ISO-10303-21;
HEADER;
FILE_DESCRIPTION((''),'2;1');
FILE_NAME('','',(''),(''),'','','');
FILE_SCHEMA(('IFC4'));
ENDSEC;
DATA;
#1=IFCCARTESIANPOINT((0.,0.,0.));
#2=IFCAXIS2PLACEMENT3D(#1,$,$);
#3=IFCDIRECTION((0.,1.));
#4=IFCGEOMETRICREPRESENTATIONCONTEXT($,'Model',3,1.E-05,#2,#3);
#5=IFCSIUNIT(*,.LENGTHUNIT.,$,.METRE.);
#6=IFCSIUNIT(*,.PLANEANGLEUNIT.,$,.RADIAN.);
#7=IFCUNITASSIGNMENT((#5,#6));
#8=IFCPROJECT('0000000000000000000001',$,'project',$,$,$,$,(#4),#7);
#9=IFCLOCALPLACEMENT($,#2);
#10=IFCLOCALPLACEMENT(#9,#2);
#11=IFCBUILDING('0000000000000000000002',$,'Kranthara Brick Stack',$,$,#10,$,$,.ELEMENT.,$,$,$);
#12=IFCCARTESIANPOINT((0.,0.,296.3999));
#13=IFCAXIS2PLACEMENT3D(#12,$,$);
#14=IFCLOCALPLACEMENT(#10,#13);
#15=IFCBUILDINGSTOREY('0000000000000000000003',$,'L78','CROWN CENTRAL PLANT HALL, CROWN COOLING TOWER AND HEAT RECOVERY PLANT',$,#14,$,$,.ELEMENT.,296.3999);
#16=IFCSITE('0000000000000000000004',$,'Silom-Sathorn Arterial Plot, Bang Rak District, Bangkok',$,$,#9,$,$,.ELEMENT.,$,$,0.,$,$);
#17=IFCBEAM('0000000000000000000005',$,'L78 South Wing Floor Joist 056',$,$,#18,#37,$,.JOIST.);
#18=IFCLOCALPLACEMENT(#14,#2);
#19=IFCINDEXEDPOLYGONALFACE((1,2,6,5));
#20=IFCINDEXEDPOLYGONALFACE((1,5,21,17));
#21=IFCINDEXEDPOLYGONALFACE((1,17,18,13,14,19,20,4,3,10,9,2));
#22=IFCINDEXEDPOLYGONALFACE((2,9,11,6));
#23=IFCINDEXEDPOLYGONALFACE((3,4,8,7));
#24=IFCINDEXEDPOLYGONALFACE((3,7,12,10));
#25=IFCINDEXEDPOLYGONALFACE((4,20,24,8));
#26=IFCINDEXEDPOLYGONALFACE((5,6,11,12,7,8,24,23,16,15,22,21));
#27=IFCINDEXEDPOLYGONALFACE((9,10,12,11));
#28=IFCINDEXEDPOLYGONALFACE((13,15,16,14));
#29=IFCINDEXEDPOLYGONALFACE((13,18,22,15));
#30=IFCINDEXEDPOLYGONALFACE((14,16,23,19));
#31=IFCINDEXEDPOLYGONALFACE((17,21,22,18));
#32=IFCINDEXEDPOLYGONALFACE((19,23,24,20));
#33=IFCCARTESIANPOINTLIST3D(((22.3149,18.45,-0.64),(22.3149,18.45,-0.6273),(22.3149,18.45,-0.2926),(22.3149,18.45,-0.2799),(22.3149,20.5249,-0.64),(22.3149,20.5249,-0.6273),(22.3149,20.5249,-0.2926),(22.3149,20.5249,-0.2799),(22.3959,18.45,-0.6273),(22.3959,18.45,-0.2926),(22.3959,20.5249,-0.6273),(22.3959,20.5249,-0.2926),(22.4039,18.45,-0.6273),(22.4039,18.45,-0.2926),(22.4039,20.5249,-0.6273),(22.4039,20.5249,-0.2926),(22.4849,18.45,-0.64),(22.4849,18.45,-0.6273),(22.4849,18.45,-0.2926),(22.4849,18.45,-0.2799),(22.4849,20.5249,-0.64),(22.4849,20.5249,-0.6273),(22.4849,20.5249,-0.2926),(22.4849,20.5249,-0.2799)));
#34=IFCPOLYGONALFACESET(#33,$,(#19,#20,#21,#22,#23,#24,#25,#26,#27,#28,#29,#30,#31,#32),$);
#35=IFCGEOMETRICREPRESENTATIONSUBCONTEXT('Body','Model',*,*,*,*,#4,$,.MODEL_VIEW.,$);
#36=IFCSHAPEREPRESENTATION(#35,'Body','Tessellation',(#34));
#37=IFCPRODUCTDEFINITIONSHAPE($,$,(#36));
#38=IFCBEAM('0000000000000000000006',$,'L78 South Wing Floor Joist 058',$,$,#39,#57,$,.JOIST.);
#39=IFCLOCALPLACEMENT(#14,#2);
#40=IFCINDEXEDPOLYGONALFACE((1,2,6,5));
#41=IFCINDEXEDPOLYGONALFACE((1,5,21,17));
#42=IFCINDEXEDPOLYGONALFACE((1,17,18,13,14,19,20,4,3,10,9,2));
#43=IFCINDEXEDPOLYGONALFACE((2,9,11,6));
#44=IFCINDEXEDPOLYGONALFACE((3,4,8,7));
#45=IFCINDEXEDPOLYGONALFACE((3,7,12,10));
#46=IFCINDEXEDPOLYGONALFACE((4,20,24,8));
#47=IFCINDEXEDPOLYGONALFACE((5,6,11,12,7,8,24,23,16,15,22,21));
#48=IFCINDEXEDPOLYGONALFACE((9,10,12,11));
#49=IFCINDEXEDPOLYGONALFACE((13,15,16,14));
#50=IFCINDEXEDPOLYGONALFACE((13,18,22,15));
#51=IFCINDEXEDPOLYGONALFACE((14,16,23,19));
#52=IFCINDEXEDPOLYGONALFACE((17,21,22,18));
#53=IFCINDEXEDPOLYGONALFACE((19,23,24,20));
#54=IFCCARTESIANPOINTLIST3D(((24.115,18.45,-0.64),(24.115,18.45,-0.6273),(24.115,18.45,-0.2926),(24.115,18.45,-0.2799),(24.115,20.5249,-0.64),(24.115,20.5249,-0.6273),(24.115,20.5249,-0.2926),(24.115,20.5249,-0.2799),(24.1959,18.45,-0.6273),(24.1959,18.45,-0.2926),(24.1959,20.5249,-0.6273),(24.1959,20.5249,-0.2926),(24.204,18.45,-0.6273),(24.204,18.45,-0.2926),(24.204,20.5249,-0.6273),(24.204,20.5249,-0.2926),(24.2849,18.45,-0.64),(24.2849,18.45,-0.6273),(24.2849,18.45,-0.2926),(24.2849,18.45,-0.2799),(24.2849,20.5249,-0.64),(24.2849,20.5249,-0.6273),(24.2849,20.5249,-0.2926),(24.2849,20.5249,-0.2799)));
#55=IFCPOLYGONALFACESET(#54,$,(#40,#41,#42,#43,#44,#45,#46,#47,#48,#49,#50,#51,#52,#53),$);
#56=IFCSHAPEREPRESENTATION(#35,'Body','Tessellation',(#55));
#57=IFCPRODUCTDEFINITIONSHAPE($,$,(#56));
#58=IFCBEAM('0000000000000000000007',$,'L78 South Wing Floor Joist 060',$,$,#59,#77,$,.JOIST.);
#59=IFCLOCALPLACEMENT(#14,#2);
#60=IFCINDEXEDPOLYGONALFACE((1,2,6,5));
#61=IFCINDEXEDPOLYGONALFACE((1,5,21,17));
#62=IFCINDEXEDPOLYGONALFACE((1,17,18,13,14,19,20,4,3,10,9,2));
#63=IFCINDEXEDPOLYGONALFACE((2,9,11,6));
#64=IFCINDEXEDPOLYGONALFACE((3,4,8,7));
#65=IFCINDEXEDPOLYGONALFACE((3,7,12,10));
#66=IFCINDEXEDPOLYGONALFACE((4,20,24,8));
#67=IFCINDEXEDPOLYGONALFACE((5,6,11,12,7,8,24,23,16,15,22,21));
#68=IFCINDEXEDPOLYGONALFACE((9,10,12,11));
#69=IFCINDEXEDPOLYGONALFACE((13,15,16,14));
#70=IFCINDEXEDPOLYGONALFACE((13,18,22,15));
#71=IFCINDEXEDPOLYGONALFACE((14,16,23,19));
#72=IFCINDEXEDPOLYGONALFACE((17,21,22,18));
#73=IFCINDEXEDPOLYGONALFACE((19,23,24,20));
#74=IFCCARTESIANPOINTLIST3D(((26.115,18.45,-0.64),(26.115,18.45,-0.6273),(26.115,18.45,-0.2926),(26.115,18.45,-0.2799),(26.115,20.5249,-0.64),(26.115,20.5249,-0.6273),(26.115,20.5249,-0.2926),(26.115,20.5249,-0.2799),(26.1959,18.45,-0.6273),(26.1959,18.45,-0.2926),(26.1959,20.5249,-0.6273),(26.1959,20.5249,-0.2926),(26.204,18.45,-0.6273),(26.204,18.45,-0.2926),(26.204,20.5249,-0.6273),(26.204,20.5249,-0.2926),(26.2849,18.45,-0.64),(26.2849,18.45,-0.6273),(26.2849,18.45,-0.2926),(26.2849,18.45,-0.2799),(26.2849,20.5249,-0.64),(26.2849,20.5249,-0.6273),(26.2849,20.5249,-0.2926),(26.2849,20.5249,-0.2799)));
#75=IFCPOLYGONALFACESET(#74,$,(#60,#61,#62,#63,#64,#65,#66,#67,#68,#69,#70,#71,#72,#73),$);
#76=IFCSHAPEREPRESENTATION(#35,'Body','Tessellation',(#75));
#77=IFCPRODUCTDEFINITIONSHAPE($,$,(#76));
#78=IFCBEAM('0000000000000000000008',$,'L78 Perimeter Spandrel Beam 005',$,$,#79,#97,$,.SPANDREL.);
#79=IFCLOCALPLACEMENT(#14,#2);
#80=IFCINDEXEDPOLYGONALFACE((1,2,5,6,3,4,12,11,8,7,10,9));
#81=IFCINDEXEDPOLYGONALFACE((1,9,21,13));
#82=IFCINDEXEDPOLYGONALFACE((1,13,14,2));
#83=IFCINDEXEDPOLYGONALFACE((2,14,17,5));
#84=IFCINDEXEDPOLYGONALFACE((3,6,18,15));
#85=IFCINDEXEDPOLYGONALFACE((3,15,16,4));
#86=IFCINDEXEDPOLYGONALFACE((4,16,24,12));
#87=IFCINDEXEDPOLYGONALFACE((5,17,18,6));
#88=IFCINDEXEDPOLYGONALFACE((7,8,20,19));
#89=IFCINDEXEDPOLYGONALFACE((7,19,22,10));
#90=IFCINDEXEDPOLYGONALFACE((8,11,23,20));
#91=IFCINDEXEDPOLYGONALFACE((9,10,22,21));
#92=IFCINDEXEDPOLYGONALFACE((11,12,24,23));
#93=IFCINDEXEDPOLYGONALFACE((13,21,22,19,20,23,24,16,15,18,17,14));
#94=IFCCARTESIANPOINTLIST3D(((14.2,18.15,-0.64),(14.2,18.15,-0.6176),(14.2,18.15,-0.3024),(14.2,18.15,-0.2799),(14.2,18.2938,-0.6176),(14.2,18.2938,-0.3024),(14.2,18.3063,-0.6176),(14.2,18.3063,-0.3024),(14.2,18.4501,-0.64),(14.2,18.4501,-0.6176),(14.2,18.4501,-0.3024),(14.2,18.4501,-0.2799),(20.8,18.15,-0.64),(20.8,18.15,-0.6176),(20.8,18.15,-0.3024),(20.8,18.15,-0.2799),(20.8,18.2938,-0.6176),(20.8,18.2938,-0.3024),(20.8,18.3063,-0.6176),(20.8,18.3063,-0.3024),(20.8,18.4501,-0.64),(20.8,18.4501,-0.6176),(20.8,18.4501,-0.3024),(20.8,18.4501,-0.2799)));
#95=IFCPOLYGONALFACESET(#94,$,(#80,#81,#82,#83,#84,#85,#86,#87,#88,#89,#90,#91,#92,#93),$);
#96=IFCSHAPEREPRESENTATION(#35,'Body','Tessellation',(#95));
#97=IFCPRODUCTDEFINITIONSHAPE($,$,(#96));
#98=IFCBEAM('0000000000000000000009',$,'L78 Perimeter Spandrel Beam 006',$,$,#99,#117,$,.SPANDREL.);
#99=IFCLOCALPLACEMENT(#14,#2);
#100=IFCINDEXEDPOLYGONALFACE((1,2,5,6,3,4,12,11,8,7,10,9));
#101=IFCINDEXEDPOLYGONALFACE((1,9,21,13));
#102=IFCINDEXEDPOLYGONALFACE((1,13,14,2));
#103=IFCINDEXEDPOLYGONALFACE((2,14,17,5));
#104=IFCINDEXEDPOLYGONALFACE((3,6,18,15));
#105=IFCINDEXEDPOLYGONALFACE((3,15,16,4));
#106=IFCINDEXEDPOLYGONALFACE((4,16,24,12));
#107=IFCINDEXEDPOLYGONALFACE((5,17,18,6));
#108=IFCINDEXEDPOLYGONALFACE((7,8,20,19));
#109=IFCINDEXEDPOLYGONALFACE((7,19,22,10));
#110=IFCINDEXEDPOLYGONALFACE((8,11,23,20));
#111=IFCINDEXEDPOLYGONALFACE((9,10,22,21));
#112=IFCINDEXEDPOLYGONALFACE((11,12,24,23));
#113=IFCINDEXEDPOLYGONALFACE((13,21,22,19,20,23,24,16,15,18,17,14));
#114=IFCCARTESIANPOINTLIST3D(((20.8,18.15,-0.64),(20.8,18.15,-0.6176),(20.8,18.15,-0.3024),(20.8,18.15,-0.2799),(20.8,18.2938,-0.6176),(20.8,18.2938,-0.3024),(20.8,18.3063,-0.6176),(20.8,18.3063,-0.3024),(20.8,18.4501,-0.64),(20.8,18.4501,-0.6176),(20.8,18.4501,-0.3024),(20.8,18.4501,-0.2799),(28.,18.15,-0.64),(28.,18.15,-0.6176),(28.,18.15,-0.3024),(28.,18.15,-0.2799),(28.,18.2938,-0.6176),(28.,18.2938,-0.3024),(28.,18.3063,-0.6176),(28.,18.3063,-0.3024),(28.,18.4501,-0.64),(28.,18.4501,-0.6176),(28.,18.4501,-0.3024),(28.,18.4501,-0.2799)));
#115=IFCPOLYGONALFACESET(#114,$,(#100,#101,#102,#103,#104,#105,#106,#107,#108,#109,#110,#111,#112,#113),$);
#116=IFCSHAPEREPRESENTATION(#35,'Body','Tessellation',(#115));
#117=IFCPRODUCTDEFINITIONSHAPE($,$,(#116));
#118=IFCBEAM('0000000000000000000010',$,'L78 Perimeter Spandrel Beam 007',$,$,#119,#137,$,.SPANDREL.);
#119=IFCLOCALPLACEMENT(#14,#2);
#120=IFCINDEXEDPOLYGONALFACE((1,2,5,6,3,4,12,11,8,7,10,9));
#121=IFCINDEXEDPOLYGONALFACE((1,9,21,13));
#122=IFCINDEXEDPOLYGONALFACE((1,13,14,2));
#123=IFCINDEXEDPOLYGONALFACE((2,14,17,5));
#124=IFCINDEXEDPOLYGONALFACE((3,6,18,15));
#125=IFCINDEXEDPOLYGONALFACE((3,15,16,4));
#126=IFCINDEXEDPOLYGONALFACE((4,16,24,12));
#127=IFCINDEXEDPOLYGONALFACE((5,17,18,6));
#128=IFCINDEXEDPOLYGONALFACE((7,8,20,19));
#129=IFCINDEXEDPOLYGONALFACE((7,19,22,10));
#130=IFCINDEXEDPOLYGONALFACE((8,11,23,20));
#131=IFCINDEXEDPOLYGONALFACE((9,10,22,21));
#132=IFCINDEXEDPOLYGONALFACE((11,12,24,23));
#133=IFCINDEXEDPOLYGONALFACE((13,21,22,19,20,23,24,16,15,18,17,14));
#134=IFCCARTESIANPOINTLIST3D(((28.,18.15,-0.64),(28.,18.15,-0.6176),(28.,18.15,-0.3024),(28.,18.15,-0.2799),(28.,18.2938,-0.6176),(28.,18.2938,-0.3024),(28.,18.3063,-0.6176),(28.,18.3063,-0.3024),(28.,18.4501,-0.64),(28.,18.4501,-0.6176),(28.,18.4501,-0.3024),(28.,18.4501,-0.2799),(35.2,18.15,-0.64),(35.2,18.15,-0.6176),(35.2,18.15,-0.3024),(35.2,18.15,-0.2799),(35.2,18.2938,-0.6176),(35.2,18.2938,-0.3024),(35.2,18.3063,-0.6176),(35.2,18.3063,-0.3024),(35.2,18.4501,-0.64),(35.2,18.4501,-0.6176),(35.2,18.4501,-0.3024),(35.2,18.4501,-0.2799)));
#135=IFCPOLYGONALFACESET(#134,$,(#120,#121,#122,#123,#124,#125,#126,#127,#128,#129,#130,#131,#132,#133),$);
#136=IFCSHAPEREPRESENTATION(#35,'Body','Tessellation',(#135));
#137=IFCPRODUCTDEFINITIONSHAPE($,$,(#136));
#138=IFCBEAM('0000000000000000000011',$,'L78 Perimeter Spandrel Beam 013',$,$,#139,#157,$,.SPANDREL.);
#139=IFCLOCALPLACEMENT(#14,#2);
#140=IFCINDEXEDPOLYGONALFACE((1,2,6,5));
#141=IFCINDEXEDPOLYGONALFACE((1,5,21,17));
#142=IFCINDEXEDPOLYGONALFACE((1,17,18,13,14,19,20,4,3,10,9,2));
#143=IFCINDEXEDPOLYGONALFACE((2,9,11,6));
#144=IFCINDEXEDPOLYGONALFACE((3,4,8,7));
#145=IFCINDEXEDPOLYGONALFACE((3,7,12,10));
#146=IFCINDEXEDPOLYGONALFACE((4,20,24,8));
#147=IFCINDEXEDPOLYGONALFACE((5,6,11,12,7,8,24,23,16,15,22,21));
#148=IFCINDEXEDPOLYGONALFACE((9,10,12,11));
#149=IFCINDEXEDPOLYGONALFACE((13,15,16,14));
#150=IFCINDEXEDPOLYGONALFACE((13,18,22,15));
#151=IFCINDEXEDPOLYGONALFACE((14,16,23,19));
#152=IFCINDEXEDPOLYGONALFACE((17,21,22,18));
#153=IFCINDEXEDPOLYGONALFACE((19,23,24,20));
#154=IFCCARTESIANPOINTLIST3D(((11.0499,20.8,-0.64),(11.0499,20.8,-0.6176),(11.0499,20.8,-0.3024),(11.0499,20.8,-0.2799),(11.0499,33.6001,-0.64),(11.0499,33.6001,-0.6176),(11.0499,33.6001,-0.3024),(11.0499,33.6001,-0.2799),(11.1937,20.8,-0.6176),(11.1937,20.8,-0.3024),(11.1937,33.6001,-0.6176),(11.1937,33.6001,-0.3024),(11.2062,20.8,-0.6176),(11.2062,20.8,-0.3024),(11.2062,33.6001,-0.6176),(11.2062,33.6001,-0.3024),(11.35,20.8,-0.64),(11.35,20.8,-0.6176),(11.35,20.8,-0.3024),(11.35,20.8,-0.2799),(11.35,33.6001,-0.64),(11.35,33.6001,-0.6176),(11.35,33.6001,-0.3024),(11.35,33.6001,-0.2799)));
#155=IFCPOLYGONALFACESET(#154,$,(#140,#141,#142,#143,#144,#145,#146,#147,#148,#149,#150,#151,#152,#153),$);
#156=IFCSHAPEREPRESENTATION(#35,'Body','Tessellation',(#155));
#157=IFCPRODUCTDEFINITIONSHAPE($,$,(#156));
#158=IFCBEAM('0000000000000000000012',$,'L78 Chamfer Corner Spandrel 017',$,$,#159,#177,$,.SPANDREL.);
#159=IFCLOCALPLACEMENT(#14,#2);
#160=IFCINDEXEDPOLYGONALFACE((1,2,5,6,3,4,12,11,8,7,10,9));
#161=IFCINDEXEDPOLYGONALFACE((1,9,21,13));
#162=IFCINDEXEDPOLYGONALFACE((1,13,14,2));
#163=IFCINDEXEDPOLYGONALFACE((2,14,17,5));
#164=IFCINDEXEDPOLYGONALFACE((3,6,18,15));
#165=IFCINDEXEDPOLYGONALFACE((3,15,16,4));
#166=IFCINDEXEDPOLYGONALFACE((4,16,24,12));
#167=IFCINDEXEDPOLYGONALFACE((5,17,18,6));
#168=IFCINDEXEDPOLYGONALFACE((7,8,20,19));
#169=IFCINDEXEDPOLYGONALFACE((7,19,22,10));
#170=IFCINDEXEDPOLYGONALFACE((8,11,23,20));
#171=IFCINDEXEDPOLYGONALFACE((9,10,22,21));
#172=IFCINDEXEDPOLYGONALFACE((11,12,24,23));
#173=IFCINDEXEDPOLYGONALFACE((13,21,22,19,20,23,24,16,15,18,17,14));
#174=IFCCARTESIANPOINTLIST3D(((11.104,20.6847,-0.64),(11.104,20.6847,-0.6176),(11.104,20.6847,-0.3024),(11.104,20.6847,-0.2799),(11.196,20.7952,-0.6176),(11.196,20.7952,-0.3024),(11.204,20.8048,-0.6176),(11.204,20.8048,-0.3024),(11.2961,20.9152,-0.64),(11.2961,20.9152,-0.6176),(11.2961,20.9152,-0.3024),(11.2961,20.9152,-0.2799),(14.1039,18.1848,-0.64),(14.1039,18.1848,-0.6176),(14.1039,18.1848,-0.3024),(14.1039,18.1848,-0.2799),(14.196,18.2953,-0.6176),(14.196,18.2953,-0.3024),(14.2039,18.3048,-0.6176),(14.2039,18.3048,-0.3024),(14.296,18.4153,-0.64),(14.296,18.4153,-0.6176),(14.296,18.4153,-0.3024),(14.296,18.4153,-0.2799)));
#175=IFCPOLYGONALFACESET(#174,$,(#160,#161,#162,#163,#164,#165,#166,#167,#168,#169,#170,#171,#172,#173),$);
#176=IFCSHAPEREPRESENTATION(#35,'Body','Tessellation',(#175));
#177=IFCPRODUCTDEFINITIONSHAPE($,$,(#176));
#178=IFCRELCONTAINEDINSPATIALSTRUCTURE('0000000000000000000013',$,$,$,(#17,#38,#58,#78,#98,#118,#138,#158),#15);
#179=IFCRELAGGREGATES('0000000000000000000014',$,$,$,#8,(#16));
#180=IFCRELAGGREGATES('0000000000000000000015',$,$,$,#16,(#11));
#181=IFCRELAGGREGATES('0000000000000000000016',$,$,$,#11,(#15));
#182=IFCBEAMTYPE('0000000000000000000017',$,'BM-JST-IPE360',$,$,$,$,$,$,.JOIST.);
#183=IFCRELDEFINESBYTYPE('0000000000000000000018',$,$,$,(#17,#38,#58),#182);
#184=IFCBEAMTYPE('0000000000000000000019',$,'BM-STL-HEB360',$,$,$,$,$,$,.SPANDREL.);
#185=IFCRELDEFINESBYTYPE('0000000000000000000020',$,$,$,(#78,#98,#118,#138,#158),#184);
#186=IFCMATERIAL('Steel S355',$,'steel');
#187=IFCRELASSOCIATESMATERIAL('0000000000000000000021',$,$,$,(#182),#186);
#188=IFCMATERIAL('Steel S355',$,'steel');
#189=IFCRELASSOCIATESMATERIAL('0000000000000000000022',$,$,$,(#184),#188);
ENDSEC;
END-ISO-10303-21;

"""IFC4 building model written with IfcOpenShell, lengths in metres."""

from ifc_helpers import new_model, si_unit, direction, frame, origin, origin_2d, place, context, subcontext, project, spatial, i_section, extrude, material, material_profile, profile_set, type_object, element, save


model = new_model("IFC4")

# Units and contexts
model_context = context("Model", 3, precision=1e-05, world=origin(), true_north=direction((0.0, 1.0)))
body_context = subcontext(model_context, "Body", "Model", "MODEL_VIEW")
ifc_project = project(units=[si_unit("LENGTHUNIT", "METRE"), si_unit("PLANEANGLEUNIT", "RADIAN")], contexts=[model_context])

# Site, building, storey
site_placement = place(None, origin())
site = spatial("IfcSite", under=ifc_project, at=site_placement, Name="Silom-Sathorn Arterial Plot, Bang Rak District, Bangkok", CompositionType="ELEMENT", RefElevation=0.0)
building_placement = place(site_placement, origin())
building = spatial("IfcBuilding", under=site, at=building_placement, Name="Kranthara Brick Stack", CompositionType="ELEMENT")
storey_placement = place(building_placement, frame((0.0, 0.0, 296.3999)))
storey = spatial("IfcBuildingStorey", under=building, at=storey_placement, Name="L78", Description="CROWN CENTRAL PLANT HALL, CROWN COOLING TOWER AND HEAT RECOVERY PLANT", CompositionType="ELEMENT", Elevation=296.3999)

# Beams
ifc_material_1 = material(Name="Steel S355", Category="steel")
ifc_material_profile_1 = material_profile(ifc_material_1, i_section(OverallWidth=0.1699, OverallDepth=0.3601, WebThickness=0.0081, FlangeThickness=0.0127, at=origin_2d()), Name="IPE 360")
ifc_profile_set_1 = profile_set([ifc_material_profile_1], Name="Steel S355")
beam_type_1 = type_object("IfcBeamType", Name="BM-JST-IPE360", PredefinedType="JOIST", material=ifc_profile_set_1)
for number, where, z_axis, x_axis, name in (
    (1, (22.3999, 18.45, -0.46), (0.0, 1.0, 0.0), (-1.0, 0.0, 0.0), "L78 South Wing Floor Joist 056"),
    (2, (24.2, 18.45, -0.46), (0.0, 1.0, 0.0), (-1.0, 0.0, 0.0), "L78 South Wing Floor Joist 058"),
    (3, (26.2, 18.45, -0.46), (0.0, 1.0, 0.0), (-1.0, 0.0, 0.0), "L78 South Wing Floor Joist 060"),
):
    element("IfcBeam", number, at=place(storey_placement, frame(where, z_axis=z_axis, x_axis=x_axis)), inside=storey, type_object=beam_type_1, Name=name, PredefinedType="JOIST", context=body_context, shape_type="SweptSolid", body=[
        extrude(i_section(OverallWidth=0.1699, OverallDepth=0.3601, WebThickness=0.0081, FlangeThickness=0.0127, at=origin_2d()), origin(), (0.0, 0.0, 1.0), 2.075),
    ])
ifc_material_2 = material(Name="Steel S355", Category="steel")
ifc_material_profile_2 = material_profile(ifc_material_2, i_section(OverallWidth=0.3, OverallDepth=0.3601, WebThickness=0.0125, FlangeThickness=0.0225, at=origin_2d()), Name="HEB 360")
ifc_profile_set_2 = profile_set([ifc_material_profile_2], Name="Steel S355")
beam_type_2 = type_object("IfcBeamType", Name="BM-STL-HEB360", PredefinedType="SPANDREL", material=ifc_profile_set_2)
beam_1_placement = place(storey_placement, frame((14.2, 18.3, -0.46), z_axis=(1.0, 0.0, 0.0), x_axis=(0.0, 1.0, 0.0)))
element("IfcBeam", 4, at=beam_1_placement, inside=storey, type_object=beam_type_2, Name="L78 Perimeter Spandrel Beam 005", PredefinedType="SPANDREL", context=body_context, shape_type="SweptSolid", body=[
    extrude(i_section(OverallWidth=0.3, OverallDepth=0.3601, WebThickness=0.0125, FlangeThickness=0.0225, at=origin_2d()), origin(), (0.0, 0.0, 1.0), 6.6001),
])
for number, where, z_axis, x_axis, name in (
    (5, (20.8, 18.3, -0.46), (1.0, 0.0, 0.0), (0.0, 1.0, 0.0), "L78 Perimeter Spandrel Beam 006"),
    (6, (28.0, 18.3, -0.46), (1.0, 0.0, 0.0), (0.0, 1.0, 0.0), "L78 Perimeter Spandrel Beam 007"),
):
    element("IfcBeam", number, at=place(storey_placement, frame(where, z_axis=z_axis, x_axis=x_axis)), inside=storey, type_object=beam_type_2, Name=name, PredefinedType="SPANDREL", context=body_context, shape_type="SweptSolid", body=[
        extrude(i_section(OverallWidth=0.3, OverallDepth=0.3601, WebThickness=0.0125, FlangeThickness=0.0225, at=origin_2d()), origin(), (0.0, 0.0, 1.0), 7.2),
    ])
beam_2_placement = place(storey_placement, frame((11.2, 20.8, -0.46), z_axis=(0.0, 1.0, 0.0), x_axis=(-1.0, 0.0, 0.0)))
element("IfcBeam", 7, at=beam_2_placement, inside=storey, type_object=beam_type_2, Name="L78 Perimeter Spandrel Beam 013", PredefinedType="SPANDREL", context=body_context, shape_type="SweptSolid", body=[
    extrude(i_section(OverallWidth=0.3, OverallDepth=0.3601, WebThickness=0.0125, FlangeThickness=0.0225, at=origin_2d()), origin(), (0.0, 0.0, 1.0), 12.8),
])
beam_3_placement = place(storey_placement, frame((14.2, 18.3, -0.46), z_axis=(-0.768221, 0.640184, 0.0), x_axis=(-0.640184, -0.768221, 0.0)))
element("IfcBeam", 8, at=beam_3_placement, inside=storey, type_object=beam_type_2, Name="L78 Chamfer Corner Spandrel 017", PredefinedType="SPANDREL", context=body_context, shape_type="SweptSolid", body=[
    extrude(i_section(OverallWidth=0.3, OverallDepth=0.3601, WebThickness=0.0125, FlangeThickness=0.0225, at=origin_2d()), origin(), (0.0, 0.0, 1.0), 3.905),
])

save(model, "model.ifc")
